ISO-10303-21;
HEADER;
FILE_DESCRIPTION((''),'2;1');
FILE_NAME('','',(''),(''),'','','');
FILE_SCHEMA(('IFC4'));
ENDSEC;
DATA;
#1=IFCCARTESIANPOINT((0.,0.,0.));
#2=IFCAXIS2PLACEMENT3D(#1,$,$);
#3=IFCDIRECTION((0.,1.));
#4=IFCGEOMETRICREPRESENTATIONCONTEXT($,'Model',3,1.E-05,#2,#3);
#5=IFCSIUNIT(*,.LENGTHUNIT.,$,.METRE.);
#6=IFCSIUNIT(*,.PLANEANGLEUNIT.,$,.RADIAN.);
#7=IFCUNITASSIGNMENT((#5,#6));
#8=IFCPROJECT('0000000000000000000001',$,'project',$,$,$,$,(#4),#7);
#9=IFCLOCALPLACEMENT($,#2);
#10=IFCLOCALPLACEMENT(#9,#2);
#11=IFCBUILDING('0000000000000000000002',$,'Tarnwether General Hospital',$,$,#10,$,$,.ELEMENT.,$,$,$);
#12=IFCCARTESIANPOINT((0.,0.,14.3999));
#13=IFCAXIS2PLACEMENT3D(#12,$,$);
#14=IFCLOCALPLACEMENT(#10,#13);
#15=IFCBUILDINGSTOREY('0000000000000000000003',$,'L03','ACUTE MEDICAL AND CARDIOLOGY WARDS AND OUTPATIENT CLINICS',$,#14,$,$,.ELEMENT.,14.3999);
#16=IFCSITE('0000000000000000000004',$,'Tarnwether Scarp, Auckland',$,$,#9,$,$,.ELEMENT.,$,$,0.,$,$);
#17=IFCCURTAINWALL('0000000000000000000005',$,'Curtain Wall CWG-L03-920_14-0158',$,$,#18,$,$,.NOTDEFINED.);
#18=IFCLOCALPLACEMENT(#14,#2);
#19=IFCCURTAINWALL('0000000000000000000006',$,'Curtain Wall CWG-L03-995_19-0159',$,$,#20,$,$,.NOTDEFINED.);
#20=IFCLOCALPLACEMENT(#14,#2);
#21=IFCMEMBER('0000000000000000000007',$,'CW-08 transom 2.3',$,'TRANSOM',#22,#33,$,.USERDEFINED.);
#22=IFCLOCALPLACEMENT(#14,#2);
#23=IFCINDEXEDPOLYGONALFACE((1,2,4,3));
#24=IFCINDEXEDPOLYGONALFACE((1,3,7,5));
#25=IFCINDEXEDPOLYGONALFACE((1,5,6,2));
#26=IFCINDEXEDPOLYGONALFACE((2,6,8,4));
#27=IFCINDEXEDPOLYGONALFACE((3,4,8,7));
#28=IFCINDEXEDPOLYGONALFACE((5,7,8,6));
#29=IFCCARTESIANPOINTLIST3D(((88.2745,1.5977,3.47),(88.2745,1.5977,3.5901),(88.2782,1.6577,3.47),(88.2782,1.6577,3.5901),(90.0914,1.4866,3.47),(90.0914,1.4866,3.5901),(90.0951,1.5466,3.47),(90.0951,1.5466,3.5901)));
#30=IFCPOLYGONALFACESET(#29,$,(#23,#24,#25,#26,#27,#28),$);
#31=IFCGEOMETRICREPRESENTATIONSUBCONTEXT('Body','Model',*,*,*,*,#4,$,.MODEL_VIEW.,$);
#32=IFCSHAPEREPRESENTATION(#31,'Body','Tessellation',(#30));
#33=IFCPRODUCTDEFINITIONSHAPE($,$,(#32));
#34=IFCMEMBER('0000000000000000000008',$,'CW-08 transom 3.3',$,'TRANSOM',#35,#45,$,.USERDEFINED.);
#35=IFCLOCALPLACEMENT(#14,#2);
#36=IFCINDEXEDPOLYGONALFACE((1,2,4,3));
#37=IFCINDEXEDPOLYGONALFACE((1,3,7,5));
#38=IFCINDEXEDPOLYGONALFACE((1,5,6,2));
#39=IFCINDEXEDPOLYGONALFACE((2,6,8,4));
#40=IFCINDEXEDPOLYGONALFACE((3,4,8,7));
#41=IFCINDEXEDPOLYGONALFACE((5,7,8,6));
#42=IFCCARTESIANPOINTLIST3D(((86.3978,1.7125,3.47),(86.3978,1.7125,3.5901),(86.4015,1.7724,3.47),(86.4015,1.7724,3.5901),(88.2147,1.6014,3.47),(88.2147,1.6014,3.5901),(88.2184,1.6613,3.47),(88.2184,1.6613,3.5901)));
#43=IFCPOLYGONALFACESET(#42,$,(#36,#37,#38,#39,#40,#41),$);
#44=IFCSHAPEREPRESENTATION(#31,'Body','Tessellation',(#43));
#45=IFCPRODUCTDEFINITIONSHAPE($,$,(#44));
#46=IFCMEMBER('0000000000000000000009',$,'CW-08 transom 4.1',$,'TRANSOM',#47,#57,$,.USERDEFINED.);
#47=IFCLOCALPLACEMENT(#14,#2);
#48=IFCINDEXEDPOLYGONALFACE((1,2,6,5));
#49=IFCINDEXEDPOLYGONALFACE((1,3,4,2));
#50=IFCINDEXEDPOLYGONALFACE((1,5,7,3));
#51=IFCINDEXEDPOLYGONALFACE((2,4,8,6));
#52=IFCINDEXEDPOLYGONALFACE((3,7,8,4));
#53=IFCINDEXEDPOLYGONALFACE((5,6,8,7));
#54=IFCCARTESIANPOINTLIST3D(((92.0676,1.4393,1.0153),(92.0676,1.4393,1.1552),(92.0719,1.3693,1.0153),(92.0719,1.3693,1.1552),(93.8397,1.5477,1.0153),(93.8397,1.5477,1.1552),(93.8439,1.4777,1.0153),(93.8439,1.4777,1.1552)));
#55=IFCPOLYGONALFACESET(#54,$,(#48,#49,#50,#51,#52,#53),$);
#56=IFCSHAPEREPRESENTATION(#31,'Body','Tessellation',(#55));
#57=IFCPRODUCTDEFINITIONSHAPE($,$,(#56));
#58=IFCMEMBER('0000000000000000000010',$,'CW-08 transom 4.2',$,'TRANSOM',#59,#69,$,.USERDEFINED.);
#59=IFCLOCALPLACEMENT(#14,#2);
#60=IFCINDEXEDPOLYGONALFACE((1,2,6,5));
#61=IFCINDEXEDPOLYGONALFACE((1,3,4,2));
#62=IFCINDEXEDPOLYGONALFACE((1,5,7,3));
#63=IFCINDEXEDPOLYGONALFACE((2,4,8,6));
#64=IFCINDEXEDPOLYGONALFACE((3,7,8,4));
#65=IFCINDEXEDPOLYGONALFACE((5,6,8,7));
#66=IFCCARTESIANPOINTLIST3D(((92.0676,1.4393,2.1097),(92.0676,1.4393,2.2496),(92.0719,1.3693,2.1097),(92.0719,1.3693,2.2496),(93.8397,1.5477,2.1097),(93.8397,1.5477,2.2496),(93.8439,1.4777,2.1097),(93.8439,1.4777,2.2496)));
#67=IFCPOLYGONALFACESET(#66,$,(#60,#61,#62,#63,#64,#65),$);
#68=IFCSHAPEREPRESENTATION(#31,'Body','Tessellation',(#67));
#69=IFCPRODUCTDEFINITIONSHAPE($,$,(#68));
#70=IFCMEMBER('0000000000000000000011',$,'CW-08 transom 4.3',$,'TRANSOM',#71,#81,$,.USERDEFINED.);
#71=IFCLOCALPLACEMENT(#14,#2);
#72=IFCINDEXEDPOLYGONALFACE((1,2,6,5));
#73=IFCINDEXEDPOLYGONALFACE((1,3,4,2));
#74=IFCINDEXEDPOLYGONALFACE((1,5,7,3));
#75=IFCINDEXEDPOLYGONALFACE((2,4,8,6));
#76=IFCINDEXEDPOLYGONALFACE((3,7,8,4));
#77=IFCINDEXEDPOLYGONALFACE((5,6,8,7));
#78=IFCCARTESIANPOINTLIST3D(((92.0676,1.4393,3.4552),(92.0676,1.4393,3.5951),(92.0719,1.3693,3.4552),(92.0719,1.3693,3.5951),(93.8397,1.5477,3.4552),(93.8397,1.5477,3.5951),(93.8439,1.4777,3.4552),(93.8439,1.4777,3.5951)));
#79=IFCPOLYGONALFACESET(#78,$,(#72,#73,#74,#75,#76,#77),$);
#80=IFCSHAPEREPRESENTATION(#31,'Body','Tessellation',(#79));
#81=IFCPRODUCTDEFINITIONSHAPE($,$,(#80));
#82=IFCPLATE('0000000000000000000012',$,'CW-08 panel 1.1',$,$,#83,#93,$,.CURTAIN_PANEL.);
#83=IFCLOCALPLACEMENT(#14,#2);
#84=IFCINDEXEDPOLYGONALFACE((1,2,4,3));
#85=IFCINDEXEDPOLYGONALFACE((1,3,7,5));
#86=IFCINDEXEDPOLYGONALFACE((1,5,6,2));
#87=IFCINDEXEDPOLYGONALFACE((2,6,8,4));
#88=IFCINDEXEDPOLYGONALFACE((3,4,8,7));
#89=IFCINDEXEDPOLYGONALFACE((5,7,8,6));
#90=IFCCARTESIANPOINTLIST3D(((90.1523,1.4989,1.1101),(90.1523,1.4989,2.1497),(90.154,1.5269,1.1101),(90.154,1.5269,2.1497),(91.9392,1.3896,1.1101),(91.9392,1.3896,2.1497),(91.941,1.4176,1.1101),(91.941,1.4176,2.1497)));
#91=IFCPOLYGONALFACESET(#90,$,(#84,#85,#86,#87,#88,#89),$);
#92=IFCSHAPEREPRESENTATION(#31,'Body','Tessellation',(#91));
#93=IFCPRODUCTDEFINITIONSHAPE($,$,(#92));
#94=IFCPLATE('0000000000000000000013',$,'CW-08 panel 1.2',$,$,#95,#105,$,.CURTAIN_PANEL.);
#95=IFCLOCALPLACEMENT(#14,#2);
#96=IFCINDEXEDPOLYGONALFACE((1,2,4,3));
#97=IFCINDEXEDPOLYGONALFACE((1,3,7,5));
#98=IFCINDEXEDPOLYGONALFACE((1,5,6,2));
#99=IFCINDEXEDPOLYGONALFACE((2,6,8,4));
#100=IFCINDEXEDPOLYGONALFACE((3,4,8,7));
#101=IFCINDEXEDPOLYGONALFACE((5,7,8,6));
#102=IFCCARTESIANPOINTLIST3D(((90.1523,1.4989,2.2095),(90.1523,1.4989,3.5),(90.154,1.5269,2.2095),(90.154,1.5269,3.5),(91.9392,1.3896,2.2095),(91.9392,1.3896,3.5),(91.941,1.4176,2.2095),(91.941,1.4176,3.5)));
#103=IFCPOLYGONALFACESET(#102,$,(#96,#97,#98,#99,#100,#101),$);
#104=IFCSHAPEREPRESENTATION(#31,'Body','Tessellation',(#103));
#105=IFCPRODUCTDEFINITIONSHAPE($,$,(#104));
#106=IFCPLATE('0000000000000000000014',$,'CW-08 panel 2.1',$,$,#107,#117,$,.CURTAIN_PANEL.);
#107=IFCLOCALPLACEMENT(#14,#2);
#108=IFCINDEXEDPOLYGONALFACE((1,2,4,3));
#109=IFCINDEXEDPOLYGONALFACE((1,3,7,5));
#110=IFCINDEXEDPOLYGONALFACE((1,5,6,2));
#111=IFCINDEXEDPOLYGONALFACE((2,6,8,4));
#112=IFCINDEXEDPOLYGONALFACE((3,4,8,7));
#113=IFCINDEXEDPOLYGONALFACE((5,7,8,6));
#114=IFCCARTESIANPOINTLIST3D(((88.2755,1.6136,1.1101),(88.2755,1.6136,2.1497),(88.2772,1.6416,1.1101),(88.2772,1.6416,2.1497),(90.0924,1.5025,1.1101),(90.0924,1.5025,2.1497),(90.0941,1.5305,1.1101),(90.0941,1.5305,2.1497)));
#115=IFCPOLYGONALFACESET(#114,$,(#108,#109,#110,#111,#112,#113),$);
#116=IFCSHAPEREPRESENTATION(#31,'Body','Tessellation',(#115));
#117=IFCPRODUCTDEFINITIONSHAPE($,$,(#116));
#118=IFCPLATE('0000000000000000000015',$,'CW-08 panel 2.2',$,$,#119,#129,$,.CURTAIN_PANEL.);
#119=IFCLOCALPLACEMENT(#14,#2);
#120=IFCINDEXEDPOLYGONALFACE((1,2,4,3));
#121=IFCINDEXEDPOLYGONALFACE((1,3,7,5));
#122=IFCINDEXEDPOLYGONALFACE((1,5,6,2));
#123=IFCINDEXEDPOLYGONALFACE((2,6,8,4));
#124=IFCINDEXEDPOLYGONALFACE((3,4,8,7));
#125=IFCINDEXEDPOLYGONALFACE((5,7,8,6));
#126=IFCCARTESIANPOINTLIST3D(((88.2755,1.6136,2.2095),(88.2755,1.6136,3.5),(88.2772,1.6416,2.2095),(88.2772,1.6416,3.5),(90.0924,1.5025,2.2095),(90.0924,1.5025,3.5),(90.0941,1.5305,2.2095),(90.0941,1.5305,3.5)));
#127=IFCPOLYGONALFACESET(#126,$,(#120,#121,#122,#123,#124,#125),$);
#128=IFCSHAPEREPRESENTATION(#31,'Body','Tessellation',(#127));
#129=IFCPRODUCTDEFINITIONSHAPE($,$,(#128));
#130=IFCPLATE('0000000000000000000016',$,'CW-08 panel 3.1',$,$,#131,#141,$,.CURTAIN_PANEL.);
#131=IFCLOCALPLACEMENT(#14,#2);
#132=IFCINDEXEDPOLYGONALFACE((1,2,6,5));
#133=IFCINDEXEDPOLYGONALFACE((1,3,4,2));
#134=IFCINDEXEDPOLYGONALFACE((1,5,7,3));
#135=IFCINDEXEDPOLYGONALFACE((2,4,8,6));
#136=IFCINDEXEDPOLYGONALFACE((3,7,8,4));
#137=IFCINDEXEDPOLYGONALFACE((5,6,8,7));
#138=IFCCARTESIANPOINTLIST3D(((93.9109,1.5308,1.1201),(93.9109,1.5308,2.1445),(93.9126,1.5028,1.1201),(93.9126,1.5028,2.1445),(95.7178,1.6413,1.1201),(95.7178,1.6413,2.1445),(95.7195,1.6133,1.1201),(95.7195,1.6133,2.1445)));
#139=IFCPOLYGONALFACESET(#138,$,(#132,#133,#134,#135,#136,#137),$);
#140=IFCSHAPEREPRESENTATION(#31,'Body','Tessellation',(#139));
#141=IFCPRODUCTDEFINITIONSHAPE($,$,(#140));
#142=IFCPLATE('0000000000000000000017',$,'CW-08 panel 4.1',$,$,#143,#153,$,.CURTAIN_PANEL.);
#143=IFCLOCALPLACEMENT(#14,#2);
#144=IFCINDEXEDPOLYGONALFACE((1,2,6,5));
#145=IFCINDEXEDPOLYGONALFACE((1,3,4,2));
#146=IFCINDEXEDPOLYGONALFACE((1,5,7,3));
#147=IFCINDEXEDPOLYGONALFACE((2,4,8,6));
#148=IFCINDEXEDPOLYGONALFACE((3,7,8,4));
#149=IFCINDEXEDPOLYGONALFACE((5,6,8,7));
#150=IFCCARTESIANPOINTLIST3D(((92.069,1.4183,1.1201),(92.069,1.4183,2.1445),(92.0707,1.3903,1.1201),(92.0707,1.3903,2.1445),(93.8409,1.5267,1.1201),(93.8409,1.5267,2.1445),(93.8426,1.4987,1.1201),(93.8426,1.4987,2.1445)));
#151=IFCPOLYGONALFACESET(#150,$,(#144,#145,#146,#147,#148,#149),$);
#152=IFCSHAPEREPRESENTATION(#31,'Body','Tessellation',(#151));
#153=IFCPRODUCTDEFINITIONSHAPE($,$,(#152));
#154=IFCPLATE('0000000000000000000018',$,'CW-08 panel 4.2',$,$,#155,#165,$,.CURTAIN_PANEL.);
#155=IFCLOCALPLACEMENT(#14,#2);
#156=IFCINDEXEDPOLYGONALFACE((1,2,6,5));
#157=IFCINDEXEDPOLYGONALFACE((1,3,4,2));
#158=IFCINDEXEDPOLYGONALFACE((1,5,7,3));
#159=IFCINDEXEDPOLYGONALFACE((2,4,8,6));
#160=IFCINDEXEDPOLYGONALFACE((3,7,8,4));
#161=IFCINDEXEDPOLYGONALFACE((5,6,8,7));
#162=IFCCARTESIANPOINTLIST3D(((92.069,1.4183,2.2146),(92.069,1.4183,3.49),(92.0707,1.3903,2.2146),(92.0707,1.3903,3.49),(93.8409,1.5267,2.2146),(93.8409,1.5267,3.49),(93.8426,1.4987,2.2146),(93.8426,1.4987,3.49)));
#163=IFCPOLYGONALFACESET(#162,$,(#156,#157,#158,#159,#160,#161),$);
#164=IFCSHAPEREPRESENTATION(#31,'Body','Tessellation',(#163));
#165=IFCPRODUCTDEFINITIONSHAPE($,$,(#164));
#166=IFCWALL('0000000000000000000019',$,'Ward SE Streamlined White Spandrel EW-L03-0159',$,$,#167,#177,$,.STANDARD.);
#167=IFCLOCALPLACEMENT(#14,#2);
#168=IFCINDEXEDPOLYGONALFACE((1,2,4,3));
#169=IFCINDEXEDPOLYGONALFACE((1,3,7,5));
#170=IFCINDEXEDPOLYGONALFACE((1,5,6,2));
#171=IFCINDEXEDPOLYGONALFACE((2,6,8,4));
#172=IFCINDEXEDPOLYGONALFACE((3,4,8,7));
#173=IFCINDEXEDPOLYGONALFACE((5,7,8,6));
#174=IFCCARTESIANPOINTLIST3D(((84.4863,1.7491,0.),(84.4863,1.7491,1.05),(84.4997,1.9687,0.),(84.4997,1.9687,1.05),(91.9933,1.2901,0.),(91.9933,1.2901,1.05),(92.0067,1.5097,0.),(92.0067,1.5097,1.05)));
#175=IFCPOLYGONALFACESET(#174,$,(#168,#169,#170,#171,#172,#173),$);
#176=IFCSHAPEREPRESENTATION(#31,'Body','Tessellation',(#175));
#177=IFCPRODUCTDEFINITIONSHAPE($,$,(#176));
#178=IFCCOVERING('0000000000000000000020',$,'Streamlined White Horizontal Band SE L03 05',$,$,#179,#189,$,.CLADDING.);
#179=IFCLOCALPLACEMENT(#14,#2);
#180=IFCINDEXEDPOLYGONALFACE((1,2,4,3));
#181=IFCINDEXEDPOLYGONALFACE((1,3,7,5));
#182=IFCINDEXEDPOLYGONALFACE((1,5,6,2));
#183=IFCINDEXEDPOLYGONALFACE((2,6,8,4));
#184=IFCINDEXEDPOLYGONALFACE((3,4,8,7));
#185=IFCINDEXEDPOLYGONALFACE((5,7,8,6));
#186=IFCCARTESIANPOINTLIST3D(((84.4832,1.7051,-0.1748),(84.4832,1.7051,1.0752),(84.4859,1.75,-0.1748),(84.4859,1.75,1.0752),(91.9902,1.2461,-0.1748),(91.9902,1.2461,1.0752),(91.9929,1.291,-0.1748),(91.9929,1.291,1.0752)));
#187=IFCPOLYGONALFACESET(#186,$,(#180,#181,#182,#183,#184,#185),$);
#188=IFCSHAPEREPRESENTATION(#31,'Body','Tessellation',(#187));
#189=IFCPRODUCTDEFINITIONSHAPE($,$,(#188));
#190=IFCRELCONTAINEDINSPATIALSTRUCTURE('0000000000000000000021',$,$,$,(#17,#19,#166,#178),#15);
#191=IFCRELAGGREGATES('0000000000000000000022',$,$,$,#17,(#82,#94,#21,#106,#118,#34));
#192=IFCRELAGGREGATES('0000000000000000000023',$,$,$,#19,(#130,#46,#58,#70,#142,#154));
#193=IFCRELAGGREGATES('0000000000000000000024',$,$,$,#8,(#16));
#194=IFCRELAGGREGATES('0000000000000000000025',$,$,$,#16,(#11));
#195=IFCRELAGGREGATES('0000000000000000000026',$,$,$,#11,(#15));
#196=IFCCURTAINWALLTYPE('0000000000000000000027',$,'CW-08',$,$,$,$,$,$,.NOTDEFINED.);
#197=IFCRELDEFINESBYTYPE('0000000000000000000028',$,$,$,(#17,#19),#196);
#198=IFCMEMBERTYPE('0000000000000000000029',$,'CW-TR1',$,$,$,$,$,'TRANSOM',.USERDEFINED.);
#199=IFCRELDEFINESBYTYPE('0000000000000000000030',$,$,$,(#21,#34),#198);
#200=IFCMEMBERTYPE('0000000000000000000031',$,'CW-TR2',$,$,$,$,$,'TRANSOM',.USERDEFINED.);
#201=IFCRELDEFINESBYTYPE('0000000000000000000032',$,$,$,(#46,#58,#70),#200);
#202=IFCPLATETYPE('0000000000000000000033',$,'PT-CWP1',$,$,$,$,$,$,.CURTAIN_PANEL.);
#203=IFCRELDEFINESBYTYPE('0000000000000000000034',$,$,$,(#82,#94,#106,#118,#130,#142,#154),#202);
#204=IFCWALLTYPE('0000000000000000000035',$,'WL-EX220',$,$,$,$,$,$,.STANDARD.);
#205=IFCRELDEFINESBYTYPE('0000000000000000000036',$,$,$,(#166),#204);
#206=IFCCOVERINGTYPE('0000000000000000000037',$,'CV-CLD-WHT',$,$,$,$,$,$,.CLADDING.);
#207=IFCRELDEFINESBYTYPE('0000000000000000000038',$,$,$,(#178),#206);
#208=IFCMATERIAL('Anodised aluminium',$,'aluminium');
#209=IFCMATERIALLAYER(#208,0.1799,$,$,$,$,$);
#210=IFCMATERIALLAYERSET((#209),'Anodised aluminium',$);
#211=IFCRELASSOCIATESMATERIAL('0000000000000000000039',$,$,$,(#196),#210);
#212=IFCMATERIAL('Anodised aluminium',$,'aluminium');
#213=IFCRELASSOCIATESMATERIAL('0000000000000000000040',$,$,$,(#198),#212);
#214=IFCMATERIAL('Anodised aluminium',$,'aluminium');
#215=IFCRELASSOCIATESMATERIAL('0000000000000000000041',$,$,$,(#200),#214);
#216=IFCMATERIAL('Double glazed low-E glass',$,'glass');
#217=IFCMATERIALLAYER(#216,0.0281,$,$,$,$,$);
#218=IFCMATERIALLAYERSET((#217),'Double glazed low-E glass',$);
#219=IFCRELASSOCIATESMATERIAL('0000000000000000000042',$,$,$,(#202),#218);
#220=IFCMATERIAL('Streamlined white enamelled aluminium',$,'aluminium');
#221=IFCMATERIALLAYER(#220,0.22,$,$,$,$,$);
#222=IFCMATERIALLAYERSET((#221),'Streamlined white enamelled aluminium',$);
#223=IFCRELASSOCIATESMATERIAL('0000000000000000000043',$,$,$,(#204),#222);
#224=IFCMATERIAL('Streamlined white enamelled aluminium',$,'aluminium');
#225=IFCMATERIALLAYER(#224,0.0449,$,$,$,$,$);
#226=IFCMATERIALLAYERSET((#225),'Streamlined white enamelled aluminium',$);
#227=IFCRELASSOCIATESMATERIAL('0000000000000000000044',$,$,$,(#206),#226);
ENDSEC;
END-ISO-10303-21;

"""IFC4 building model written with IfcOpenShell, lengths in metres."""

from ifc_helpers import new_model, si_unit, direction, frame, frame_2d, origin, origin_2d, place, context, subcontext, project, spatial, rectangle, extrude, material, layer, layer_set, material_profile, profile_set, type_object, element, aggregate, save


model = new_model("IFC4")

# Units and contexts
model_context = context("Model", 3, precision=1e-05, world=origin(), true_north=direction((0.0, 1.0)))
body_context = subcontext(model_context, "Body", "Model", "MODEL_VIEW")
ifc_project = project(units=[si_unit("LENGTHUNIT", "METRE"), si_unit("PLANEANGLEUNIT", "RADIAN")], contexts=[model_context])

# Site, building, storey
site_placement = place(None, origin())
site = spatial("IfcSite", under=ifc_project, at=site_placement, Name="Tarnwether Scarp, Auckland", CompositionType="ELEMENT", RefElevation=0.0)
building_placement = place(site_placement, origin())
building = spatial("IfcBuilding", under=site, at=building_placement, Name="Tarnwether General Hospital", CompositionType="ELEMENT")
storey_placement = place(building_placement, frame((0.0, 0.0, 14.3999)))
storey = spatial("IfcBuildingStorey", under=building, at=storey_placement, Name="L03", Description="ACUTE MEDICAL AND CARDIOLOGY WARDS AND OUTPATIENT CLINICS", CompositionType="ELEMENT", Elevation=14.3999)

# Curtain walls
ifc_material_1 = material(Name="Anodised aluminium", Category="aluminium")
ifc_layer_1 = layer(ifc_material_1, 0.1799)
ifc_layer_set_1 = layer_set([ifc_layer_1], Name="Anodised aluminium")
curtain_wall_type = type_object("IfcCurtainWallType", Name="CW-08", PredefinedType="NOTDEFINED", material=ifc_layer_set_1)
curtain_wall_1_placement = place(storey_placement, origin())
curtain_wall_1 = element("IfcCurtainWall", 1, at=curtain_wall_1_placement, inside=storey, type_object=curtain_wall_type, Name="Curtain Wall CWG-L03-920_14-0158", PredefinedType="NOTDEFINED")
curtain_wall_2_placement = place(storey_placement, origin())
curtain_wall_2 = element("IfcCurtainWall", 2, at=curtain_wall_2_placement, inside=storey, type_object=curtain_wall_type, Name="Curtain Wall CWG-L03-995_19-0159", PredefinedType="NOTDEFINED")

# Members
ifc_material_2 = material(Name="Anodised aluminium", Category="aluminium")
ifc_material_profile_1 = material_profile(ifc_material_2, rectangle(XDim=0.0601, YDim=0.1201, at=origin_2d()), Name="ALU-TRN-60x120")
ifc_profile_set_1 = profile_set([ifc_material_profile_1], Name="Anodised aluminium")
member_type_1 = type_object("IfcMemberType", Name="CW-TR1", ElementType="TRANSOM", PredefinedType="USERDEFINED", material=ifc_profile_set_1)
member_1_placement = place(storey_placement, frame((90.0933, 1.5166, 3.53), z_axis=(-0.998136, 0.061026, 0.0), x_axis=(-0.061026, -0.998136, 0.0)))
member_1 = element("IfcMember", 3, at=member_1_placement, type_object=member_type_1, Name="CW-08 transom 2.3", ObjectType="TRANSOM", PredefinedType="USERDEFINED", context=body_context, shape_type="SweptSolid", body=[
    extrude(rectangle(XDim=0.0601, YDim=0.1201, at=origin_2d()), origin(), (0.0, 0.0, 1.0), 1.8203),
])
member_2_placement = place(storey_placement, frame((88.2166, 1.6313, 3.53), z_axis=(-0.998136, 0.061026, 0.0), x_axis=(-0.061026, -0.998136, 0.0)))
member_2 = element("IfcMember", 4, at=member_2_placement, type_object=member_type_1, Name="CW-08 transom 3.3", ObjectType="TRANSOM", PredefinedType="USERDEFINED", context=body_context, shape_type="SweptSolid", body=[
    extrude(rectangle(XDim=0.0601, YDim=0.1201, at=origin_2d()), origin(), (0.0, 0.0, 1.0), 1.8203),
])
ifc_material_3 = material(Name="Anodised aluminium", Category="aluminium")
ifc_material_profile_2 = material_profile(ifc_material_3, rectangle(XDim=0.0701, YDim=0.1399, at=origin_2d()), Name="ALU-TRN-70x140")
ifc_profile_set_2 = profile_set([ifc_material_profile_2], Name="Anodised aluminium")
member_type_2 = type_object("IfcMemberType", Name="CW-TR2", ElementType="TRANSOM", PredefinedType="USERDEFINED", material=ifc_profile_set_2)
member_3_placement = place(storey_placement, frame((93.8418, 1.5127, 1.0852), z_axis=(-0.998134, -0.06106, 0.0), x_axis=(0.06106, -0.998134, 0.0)))
member_3 = element("IfcMember", 5, at=member_3_placement, type_object=member_type_2, Name="CW-08 transom 4.1", ObjectType="TRANSOM", PredefinedType="USERDEFINED", context=body_context, shape_type="SweptSolid", body=[
    extrude(rectangle(XDim=0.0701, YDim=0.1399, at=origin_2d()), origin(), (0.0, 0.0, 1.0), 1.7754),
])
member_4_placement = place(storey_placement, frame((93.8418, 1.5127, 2.1797), z_axis=(-0.998134, -0.06106, 0.0), x_axis=(0.06106, -0.998134, 0.0)))
member_4 = element("IfcMember", 6, at=member_4_placement, type_object=member_type_2, Name="CW-08 transom 4.2", ObjectType="TRANSOM", PredefinedType="USERDEFINED", context=body_context, shape_type="SweptSolid", body=[
    extrude(rectangle(XDim=0.0701, YDim=0.1399, at=origin_2d()), origin(), (0.0, 0.0, 1.0), 1.7754),
])
member_5_placement = place(storey_placement, frame((93.8418, 1.5127, 3.5251), z_axis=(-0.998134, -0.06106, 0.0), x_axis=(0.06106, -0.998134, 0.0)))
member_5 = element("IfcMember", 7, at=member_5_placement, type_object=member_type_2, Name="CW-08 transom 4.3", ObjectType="TRANSOM", PredefinedType="USERDEFINED", context=body_context, shape_type="SweptSolid", body=[
    extrude(rectangle(XDim=0.0701, YDim=0.1399, at=origin_2d()), origin(), (0.0, 0.0, 1.0), 1.7754),
])

# Plates
ifc_material_4 = material(Name="Double glazed low-E glass", Category="glass")
ifc_layer_2 = layer(ifc_material_4, 0.0281)
ifc_layer_set_2 = layer_set([ifc_layer_2], Name="Double glazed low-E glass")
plate_type = type_object("IfcPlateType", Name="PT-CWP1", PredefinedType="CURTAIN_PANEL", material=ifc_layer_set_2)
plate_1_placement = place(storey_placement, frame((91.0466, 1.4583, 1.1101), z_axis=(0.0, 0.0, 1.0), x_axis=(-0.998136, 0.061029, 0.0)))
plate_1 = element("IfcPlate", 8, at=plate_1_placement, type_object=plate_type, Name="CW-08 panel 1.1", PredefinedType="CURTAIN_PANEL", context=body_context, shape_type="SweptSolid", body=[
    extrude(rectangle(XDim=1.7903, YDim=0.0281, at=origin_2d()), origin(), (0.0, 0.0, 1.0), 1.0396),
])
plate_2_placement = place(storey_placement, frame((91.0466, 1.4583, 2.2095), z_axis=(0.0, 0.0, 1.0), x_axis=(-0.998136, 0.061029, 0.0)))
plate_2 = element("IfcPlate", 9, at=plate_2_placement, type_object=plate_type, Name="CW-08 panel 1.2", PredefinedType="CURTAIN_PANEL", context=body_context, shape_type="SweptSolid", body=[
    extrude(rectangle(XDim=1.7903, YDim=0.0281, at=origin_2d()), origin(), (0.0, 0.0, 1.0), 1.2905),
])
plate_3_placement = place(storey_placement, frame((89.1848, 1.572, 1.1101), z_axis=(0.0, 0.0, 1.0), x_axis=(-0.998136, 0.061029, 0.0)))
plate_3 = element("IfcPlate", 10, at=plate_3_placement, type_object=plate_type, Name="CW-08 panel 2.1", PredefinedType="CURTAIN_PANEL", context=body_context, shape_type="SweptSolid", body=[
    extrude(rectangle(XDim=1.8203, YDim=0.0281, at=origin_2d()), origin(), (0.0, 0.0, 1.0), 1.0396),
])
plate_4_placement = place(storey_placement, frame((89.1848, 1.572, 2.2095), z_axis=(0.0, 0.0, 1.0), x_axis=(-0.998136, 0.061029, 0.0)))
plate_4 = element("IfcPlate", 11, at=plate_4_placement, type_object=plate_type, Name="CW-08 panel 2.2", PredefinedType="CURTAIN_PANEL", context=body_context, shape_type="SweptSolid", body=[
    extrude(rectangle(XDim=1.8203, YDim=0.0281, at=origin_2d()), origin(), (0.0, 0.0, 1.0), 1.2905),
])
aggregate(curtain_wall_1, [plate_1, plate_2, member_1, plate_3, plate_4, member_2])
plate_5_placement = place(storey_placement, frame((94.8152, 1.572, 1.1201), z_axis=(0.0, 0.0, 1.0), x_axis=(-0.998136, -0.061029, 0.0)))
plate_5 = element("IfcPlate", 12, at=plate_5_placement, type_object=plate_type, Name="CW-08 panel 3.1", PredefinedType="CURTAIN_PANEL", context=body_context, shape_type="SweptSolid", body=[
    extrude(rectangle(XDim=1.8103, YDim=0.0281, at=origin_2d()), origin(), (0.0, 0.0, 1.0), 1.0244),
])
plate_6_placement = place(storey_placement, frame((92.9558, 1.4585, 1.1201), z_axis=(0.0, 0.0, 1.0), x_axis=(-0.998136, -0.061029, 0.0)))
plate_6 = element("IfcPlate", 13, at=plate_6_placement, type_object=plate_type, Name="CW-08 panel 4.1", PredefinedType="CURTAIN_PANEL", context=body_context, shape_type="SweptSolid", body=[
    extrude(rectangle(XDim=1.7751, YDim=0.0281, at=origin_2d()), origin(), (0.0, 0.0, 1.0), 1.0244),
])
plate_7_placement = place(storey_placement, frame((92.9558, 1.4585, 2.2146), z_axis=(0.0, 0.0, 1.0), x_axis=(-0.998136, -0.061029, 0.0)))
plate_7 = element("IfcPlate", 14, at=plate_7_placement, type_object=plate_type, Name="CW-08 panel 4.2", PredefinedType="CURTAIN_PANEL", context=body_context, shape_type="SweptSolid", body=[
    extrude(rectangle(XDim=1.7751, YDim=0.0281, at=origin_2d()), origin(), (0.0, 0.0, 1.0), 1.2754),
])
aggregate(curtain_wall_2, [plate_5, member_3, member_4, member_5, plate_6, plate_7])

# Wall
ifc_material_5 = material(Name="Streamlined white enamelled aluminium", Category="aluminium")
ifc_layer_3 = layer(ifc_material_5, 0.22)
ifc_layer_set_3 = layer_set([ifc_layer_3], Name="Streamlined white enamelled aluminium")
wall_type = type_object("IfcWallType", Name="WL-EX220", PredefinedType="STANDARD", material=ifc_layer_set_3)
wall_placement = place(storey_placement, frame((92.0, 1.3999, 0.0), z_axis=(0.0, 0.0, 1.0), x_axis=(-0.998136, 0.061026, 0.0)))
element("IfcWall", 15, at=wall_placement, inside=storey, type_object=wall_type, Name="Ward SE Streamlined White Spandrel EW-L03-0159", PredefinedType="STANDARD", context=body_context, shape_type="SweptSolid", body=[
    extrude(rectangle(XDim=7.521, YDim=0.22, at=frame_2d((3.7605, 0.0))), origin(), (0.0, 0.0, 1.0), 1.05),
])

# Covering
ifc_material_6 = material(Name="Streamlined white enamelled aluminium", Category="aluminium")
ifc_layer_4 = layer(ifc_material_6, 0.0449)
ifc_layer_set_4 = layer_set([ifc_layer_4], Name="Streamlined white enamelled aluminium")
covering_type = type_object("IfcCoveringType", Name="CV-CLD-WHT", PredefinedType="CLADDING", material=ifc_layer_set_4)
covering_placement = place(storey_placement, frame((88.238, 1.498, -0.1748), z_axis=(0.0, 0.0, 1.0), x_axis=(-0.998136, 0.061031, 0.0)))
element("IfcCovering", 16, at=covering_placement, inside=storey, type_object=covering_type, Name="Streamlined White Horizontal Band SE L03 05", PredefinedType="CLADDING", context=body_context, shape_type="SweptSolid", body=[
    extrude(rectangle(XDim=7.521, YDim=0.0449, at=origin_2d()), origin(), (0.0, 0.0, 1.0), 1.25),
])

save(model, "model.ifc")
